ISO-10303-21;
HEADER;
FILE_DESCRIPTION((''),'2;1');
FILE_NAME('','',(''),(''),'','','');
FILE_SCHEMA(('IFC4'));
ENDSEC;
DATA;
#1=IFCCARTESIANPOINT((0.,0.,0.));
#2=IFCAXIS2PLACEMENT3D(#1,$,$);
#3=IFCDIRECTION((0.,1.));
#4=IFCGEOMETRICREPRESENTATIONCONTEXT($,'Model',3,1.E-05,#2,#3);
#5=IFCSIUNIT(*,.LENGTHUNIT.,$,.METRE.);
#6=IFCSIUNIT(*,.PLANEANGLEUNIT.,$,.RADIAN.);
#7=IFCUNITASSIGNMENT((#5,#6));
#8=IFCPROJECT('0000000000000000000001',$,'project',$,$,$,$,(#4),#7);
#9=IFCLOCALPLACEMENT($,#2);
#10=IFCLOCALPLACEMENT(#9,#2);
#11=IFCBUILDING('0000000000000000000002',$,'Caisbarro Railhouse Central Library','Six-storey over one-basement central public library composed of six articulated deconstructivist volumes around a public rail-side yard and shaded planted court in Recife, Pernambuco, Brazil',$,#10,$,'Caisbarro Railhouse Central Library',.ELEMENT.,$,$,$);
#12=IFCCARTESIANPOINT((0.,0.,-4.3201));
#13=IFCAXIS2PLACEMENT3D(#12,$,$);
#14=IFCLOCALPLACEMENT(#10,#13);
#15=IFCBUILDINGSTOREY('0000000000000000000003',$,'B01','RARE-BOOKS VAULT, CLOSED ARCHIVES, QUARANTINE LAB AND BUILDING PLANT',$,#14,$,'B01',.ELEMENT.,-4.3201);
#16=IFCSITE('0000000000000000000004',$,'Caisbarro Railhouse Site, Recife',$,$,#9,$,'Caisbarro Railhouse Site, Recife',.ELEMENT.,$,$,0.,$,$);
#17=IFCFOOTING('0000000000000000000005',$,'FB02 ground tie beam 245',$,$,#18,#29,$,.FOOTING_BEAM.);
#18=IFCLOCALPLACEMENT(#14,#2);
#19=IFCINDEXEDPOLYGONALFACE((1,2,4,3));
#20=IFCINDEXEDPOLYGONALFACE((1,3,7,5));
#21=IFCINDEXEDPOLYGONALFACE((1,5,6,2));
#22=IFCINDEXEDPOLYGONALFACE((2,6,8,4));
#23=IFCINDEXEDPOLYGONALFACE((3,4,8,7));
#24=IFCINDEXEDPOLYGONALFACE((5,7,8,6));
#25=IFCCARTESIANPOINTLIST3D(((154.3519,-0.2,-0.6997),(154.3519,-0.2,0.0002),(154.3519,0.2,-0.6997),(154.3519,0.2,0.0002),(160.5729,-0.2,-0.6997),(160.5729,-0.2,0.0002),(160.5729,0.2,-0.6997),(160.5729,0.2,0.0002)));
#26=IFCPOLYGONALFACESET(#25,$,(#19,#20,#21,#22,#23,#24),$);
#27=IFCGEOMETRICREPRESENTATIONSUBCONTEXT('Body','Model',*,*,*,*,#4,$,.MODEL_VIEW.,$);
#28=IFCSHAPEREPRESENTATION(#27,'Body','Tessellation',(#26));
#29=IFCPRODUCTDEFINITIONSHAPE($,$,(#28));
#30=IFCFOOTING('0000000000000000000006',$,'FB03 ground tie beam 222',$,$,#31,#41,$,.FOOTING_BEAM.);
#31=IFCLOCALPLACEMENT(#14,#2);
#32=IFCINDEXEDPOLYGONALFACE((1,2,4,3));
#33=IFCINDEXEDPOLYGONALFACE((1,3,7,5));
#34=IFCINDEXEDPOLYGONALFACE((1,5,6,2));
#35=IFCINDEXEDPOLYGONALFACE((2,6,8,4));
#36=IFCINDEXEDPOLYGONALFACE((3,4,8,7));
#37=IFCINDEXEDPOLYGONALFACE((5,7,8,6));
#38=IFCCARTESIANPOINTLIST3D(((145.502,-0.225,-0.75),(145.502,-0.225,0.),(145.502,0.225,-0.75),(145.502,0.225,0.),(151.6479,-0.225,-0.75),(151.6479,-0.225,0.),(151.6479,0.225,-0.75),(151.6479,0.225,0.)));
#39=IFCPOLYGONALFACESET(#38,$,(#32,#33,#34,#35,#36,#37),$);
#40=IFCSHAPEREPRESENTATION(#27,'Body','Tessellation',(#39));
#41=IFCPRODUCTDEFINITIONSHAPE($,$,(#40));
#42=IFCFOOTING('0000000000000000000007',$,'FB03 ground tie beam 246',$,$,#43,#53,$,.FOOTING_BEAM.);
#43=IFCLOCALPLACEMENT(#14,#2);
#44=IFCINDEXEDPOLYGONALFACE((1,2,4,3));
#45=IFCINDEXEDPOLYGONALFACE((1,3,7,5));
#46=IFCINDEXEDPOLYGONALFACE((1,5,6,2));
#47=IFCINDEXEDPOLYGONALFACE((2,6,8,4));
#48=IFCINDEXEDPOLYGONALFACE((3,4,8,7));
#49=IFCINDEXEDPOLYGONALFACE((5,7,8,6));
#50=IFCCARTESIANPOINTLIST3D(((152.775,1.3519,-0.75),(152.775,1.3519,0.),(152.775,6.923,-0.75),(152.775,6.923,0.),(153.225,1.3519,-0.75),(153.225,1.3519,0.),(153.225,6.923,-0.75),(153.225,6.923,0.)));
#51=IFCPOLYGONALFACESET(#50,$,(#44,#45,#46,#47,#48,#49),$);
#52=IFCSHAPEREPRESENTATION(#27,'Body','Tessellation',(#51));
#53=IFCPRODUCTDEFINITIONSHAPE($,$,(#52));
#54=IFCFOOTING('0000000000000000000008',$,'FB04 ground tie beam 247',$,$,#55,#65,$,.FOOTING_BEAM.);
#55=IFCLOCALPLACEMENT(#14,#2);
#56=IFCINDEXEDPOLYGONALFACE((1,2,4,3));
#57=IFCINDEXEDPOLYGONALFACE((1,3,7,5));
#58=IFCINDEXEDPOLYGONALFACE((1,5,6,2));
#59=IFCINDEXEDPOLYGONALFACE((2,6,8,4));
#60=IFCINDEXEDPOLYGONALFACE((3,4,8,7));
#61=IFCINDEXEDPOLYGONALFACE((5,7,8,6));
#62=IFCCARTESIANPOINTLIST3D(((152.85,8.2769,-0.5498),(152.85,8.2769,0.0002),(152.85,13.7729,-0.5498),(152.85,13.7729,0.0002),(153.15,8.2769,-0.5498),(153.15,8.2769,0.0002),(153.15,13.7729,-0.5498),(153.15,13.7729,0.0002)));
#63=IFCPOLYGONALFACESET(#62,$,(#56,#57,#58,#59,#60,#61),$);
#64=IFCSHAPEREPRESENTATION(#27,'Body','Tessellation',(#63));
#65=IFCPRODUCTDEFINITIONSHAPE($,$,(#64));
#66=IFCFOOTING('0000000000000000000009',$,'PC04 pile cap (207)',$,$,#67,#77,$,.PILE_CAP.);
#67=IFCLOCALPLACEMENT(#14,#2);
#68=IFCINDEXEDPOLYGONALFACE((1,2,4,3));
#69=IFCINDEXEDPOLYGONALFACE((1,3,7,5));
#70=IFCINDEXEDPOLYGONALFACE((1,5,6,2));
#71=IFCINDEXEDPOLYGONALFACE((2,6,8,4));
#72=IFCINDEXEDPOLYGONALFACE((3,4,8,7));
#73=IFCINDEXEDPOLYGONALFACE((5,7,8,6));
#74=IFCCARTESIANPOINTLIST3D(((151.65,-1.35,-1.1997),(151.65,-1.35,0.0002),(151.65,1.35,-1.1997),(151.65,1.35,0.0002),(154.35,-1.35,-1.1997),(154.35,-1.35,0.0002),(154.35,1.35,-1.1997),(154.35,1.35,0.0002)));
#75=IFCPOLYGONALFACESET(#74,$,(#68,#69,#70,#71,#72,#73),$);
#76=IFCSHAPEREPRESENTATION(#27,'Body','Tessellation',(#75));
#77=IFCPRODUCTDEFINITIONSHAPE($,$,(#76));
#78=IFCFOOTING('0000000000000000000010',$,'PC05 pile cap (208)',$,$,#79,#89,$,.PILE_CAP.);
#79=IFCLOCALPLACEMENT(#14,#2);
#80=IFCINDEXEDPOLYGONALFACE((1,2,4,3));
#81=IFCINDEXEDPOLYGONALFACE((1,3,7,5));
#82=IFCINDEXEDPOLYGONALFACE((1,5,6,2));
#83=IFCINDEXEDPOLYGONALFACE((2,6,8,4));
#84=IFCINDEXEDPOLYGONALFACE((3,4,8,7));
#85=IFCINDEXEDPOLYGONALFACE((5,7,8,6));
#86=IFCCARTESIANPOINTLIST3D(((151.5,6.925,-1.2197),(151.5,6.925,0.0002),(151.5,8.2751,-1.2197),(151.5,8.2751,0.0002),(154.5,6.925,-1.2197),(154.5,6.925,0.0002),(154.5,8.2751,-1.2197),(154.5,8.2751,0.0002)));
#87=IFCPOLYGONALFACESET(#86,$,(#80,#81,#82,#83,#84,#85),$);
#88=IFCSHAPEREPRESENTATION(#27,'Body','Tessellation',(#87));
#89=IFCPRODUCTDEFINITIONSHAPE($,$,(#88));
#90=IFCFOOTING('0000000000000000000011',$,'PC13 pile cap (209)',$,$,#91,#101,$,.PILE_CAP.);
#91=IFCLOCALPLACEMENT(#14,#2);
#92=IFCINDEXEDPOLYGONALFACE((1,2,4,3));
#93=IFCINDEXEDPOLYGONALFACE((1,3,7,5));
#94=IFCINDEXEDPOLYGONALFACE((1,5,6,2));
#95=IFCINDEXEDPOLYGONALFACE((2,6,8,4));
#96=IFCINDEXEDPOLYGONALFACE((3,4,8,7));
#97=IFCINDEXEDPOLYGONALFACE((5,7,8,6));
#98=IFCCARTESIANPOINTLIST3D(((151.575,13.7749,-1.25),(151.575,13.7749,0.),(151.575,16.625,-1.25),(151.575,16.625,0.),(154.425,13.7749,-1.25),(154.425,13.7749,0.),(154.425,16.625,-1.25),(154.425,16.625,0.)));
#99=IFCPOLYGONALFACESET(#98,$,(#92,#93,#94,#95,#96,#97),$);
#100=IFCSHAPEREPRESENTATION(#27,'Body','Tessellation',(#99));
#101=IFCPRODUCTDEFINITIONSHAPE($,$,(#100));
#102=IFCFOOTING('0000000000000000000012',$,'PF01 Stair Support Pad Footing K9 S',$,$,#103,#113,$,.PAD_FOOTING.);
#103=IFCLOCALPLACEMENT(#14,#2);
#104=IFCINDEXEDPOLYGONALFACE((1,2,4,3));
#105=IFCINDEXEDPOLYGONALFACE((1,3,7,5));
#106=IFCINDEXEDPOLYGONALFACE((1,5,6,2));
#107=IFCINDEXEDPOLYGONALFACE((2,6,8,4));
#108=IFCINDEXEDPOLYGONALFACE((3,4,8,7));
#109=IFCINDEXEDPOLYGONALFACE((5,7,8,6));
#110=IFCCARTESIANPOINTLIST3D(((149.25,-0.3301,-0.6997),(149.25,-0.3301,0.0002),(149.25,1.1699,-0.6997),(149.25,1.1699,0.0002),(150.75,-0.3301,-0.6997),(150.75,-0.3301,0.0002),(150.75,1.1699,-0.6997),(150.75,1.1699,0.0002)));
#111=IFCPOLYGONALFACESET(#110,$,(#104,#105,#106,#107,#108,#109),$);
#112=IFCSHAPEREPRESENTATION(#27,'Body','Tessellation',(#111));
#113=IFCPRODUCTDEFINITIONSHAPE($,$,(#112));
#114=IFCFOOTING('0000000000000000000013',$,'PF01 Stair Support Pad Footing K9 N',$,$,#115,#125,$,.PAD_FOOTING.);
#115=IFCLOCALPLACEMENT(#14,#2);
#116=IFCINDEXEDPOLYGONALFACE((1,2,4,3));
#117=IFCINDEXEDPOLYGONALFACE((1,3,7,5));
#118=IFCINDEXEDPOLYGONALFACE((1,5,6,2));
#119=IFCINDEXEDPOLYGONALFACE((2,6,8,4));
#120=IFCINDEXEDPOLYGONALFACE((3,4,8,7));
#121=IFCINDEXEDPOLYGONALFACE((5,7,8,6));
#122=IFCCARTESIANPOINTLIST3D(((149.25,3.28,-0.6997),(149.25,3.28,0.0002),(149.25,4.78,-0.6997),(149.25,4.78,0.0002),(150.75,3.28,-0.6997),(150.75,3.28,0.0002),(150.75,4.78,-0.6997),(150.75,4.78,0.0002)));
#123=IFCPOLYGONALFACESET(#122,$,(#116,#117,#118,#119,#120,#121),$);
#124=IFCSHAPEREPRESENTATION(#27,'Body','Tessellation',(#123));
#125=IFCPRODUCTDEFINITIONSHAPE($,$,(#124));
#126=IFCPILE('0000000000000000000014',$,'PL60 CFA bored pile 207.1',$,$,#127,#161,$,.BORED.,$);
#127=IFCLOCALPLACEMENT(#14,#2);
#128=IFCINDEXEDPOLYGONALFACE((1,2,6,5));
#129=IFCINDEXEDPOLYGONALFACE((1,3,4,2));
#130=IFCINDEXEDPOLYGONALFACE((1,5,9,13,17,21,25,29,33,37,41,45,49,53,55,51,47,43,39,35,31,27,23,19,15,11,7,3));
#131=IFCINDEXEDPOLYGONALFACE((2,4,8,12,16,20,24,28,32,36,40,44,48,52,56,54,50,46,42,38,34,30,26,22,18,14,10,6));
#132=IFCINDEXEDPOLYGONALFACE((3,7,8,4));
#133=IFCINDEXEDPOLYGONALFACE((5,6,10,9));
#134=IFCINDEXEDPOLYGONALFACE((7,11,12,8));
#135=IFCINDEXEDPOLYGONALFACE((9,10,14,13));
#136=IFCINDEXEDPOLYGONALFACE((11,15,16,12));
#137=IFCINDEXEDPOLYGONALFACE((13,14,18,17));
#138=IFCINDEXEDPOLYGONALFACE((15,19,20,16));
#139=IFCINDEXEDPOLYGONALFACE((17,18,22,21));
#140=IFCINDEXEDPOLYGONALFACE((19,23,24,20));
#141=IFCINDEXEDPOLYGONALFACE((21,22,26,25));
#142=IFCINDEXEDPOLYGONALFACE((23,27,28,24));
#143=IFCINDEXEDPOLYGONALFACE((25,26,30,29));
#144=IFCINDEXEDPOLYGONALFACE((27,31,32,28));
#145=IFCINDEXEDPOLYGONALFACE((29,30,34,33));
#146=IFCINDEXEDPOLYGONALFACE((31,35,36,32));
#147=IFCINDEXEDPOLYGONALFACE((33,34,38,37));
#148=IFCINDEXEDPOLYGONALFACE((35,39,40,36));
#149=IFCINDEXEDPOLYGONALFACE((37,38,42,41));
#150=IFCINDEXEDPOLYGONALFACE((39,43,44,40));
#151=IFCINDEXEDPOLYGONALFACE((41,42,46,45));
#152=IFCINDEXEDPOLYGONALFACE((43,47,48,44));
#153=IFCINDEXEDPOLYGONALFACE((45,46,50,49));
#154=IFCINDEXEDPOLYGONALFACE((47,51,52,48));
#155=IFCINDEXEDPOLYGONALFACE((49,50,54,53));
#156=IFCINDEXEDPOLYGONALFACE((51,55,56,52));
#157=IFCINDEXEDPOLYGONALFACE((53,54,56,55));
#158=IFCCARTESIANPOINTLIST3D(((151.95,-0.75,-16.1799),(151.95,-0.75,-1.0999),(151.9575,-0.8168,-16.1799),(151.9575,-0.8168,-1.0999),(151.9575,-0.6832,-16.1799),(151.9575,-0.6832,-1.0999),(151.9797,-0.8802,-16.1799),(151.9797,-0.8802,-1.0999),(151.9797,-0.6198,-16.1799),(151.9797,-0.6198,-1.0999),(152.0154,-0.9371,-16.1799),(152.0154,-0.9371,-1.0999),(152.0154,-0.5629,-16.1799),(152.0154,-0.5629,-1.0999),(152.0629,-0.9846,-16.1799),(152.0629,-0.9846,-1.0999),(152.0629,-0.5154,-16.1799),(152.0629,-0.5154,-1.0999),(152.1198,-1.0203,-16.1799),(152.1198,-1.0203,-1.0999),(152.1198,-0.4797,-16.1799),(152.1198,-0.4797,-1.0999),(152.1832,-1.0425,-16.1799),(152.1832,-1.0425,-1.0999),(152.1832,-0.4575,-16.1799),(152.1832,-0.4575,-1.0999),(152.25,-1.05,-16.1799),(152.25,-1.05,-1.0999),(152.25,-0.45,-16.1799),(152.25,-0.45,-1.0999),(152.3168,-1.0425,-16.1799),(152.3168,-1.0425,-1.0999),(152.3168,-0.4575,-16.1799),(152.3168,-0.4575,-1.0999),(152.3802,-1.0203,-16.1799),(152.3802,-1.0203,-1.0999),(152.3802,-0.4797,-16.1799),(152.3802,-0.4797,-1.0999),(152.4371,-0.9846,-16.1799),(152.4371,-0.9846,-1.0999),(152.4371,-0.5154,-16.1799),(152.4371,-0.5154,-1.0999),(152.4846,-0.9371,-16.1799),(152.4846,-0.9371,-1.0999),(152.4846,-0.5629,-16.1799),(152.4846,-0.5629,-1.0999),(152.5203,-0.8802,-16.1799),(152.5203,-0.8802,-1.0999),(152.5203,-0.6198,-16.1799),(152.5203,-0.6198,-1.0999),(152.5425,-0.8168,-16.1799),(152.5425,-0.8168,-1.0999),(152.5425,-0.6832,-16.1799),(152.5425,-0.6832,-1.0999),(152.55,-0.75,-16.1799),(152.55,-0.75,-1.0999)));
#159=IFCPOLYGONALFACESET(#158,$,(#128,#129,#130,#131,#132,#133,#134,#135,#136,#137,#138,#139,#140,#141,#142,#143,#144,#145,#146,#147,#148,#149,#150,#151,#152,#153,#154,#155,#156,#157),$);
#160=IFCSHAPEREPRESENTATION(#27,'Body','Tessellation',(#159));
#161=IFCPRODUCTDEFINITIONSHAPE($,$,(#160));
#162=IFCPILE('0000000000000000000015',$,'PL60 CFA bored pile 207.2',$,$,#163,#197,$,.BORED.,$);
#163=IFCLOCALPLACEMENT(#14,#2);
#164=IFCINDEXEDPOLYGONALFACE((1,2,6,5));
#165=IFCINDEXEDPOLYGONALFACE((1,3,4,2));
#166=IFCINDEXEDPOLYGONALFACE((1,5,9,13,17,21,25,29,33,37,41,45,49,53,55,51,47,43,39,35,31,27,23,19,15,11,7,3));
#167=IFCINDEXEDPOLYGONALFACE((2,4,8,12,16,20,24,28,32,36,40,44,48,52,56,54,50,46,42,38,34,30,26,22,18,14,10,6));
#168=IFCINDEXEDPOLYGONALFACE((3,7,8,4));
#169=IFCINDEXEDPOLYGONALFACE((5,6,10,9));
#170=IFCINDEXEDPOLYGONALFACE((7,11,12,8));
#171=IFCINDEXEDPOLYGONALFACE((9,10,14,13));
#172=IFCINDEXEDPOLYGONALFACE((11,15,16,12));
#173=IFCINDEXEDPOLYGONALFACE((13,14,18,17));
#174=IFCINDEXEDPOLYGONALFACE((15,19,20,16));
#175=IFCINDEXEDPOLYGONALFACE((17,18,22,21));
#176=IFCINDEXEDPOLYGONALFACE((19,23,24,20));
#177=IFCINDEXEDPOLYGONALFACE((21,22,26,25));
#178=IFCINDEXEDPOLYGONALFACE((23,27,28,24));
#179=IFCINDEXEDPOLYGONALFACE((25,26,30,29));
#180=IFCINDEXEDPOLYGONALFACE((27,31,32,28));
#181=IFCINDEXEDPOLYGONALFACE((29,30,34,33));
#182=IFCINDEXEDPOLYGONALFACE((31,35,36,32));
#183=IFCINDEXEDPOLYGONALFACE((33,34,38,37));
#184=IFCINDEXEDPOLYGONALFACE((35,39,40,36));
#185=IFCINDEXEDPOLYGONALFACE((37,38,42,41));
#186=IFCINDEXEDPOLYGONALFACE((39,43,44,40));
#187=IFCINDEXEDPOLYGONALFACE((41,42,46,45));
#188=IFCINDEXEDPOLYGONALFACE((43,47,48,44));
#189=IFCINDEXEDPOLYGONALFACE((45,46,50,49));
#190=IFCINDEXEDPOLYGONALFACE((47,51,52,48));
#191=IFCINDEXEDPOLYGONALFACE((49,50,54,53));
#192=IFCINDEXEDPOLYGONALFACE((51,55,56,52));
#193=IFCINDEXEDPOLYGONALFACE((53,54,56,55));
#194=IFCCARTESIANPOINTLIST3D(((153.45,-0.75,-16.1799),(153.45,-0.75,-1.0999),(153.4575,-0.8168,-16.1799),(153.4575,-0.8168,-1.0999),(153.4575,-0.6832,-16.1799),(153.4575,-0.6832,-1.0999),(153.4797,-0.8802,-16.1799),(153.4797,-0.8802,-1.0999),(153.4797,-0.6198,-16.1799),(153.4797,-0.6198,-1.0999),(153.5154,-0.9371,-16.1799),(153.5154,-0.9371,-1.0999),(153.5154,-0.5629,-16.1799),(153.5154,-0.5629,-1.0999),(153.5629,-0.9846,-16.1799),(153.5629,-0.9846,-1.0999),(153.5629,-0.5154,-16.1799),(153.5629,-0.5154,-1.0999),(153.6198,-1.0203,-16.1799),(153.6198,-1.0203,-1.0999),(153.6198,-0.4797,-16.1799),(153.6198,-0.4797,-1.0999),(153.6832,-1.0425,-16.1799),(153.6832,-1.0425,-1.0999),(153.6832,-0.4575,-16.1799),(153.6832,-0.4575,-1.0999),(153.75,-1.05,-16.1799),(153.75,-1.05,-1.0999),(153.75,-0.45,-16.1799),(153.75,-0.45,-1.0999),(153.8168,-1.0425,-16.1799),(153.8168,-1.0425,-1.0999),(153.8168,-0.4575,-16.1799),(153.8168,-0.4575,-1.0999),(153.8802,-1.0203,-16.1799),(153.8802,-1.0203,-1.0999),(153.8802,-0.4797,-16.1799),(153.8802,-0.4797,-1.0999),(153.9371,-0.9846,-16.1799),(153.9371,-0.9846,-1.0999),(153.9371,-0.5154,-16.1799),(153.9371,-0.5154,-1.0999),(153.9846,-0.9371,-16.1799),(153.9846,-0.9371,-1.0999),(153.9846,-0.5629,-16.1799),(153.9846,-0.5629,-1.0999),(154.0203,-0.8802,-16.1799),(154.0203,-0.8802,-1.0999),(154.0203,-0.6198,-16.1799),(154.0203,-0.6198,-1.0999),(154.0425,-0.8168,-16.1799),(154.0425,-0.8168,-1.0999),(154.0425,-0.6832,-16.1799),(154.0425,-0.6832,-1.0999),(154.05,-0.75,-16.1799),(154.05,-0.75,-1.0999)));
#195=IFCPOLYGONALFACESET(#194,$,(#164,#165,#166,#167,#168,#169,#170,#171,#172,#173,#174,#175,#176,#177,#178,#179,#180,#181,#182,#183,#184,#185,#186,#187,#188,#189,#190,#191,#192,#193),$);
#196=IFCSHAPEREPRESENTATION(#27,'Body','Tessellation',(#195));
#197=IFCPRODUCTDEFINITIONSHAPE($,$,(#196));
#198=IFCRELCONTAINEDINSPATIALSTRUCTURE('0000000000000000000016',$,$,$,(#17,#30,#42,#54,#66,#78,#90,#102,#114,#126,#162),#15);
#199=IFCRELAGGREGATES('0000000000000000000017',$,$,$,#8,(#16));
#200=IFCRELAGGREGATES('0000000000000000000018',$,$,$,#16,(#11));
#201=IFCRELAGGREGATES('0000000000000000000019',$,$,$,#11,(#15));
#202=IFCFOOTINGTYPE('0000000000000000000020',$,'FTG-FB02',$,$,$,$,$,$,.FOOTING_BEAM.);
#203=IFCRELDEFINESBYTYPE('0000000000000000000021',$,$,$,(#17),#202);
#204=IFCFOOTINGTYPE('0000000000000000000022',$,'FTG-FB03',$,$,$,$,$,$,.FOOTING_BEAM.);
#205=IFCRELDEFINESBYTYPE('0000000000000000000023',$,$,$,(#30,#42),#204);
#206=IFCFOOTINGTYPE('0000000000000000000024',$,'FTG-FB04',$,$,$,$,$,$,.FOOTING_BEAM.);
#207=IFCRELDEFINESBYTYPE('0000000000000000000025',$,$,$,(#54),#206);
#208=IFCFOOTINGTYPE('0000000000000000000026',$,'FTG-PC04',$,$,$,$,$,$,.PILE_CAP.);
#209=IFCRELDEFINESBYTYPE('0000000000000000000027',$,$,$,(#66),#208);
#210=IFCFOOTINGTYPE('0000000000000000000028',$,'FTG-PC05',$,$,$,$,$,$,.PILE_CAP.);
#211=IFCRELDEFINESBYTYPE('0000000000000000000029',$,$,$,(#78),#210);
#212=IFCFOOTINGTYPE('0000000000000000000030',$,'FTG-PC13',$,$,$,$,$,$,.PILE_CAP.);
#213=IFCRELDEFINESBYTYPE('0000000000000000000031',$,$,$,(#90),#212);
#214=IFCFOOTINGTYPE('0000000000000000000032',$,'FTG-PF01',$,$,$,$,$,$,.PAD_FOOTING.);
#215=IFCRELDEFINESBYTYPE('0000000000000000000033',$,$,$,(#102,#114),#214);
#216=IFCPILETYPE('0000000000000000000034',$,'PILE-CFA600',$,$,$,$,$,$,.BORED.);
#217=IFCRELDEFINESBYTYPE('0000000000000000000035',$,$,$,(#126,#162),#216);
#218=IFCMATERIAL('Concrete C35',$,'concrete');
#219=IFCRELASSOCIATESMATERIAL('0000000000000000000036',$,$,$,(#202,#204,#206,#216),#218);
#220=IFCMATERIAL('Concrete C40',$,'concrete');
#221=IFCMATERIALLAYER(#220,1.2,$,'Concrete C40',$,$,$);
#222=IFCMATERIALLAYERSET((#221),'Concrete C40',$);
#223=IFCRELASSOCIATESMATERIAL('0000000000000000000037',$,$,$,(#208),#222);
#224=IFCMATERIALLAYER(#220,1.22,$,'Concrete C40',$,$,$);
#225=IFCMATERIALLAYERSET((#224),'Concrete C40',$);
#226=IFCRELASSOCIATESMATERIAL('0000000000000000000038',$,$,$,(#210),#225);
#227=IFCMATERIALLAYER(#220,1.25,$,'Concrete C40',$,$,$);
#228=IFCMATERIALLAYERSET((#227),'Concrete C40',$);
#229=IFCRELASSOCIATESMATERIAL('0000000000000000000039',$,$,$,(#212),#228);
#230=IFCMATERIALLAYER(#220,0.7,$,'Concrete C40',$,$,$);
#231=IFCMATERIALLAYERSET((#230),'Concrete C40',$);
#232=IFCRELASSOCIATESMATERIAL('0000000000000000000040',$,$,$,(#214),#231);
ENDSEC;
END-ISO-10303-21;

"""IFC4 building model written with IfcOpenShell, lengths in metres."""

from ifc_helpers import new_model, si_unit, direction, frame, origin, origin_2d, place, context, subcontext, project, spatial, rectangle, circle, extrude, material, layer, layer_set, material_profile, profile_set, type_object, element, save


model = new_model("IFC4")

# Units and contexts
model_context = context("Model", 3, precision=1e-05, world=origin(), true_north=direction((0.0, 1.0)))
body_context = subcontext(model_context, "Body", "Model", "MODEL_VIEW")
ifc_project = project(units=[si_unit("LENGTHUNIT", "METRE"), si_unit("PLANEANGLEUNIT", "RADIAN")], contexts=[model_context])

# Site, building, storey
site_placement = place(None, origin())
site = spatial("IfcSite", under=ifc_project, at=site_placement, Name="Caisbarro Railhouse Site, Recife", LongName="Caisbarro Railhouse Site, Recife", CompositionType="ELEMENT", RefElevation=0.0)
building_placement = place(site_placement, origin())
building = spatial("IfcBuilding", under=site, at=building_placement, Name="Caisbarro Railhouse Central Library", Description="Six-storey over one-basement central public library composed of six articulated deconstructivist volumes around a public rail-side yard and shaded planted court in Recife, Pernambuco, Brazil", LongName="Caisbarro Railhouse Central Library", CompositionType="ELEMENT")
storey_placement = place(building_placement, frame((0.0, 0.0, -4.3201)))
storey = spatial("IfcBuildingStorey", under=building, at=storey_placement, Name="B01", Description="RARE-BOOKS VAULT, CLOSED ARCHIVES, QUARANTINE LAB AND BUILDING PLANT", LongName="B01", CompositionType="ELEMENT", Elevation=-4.3201)

# Footings
ifc_material_1 = material(Name="Concrete C35", Category="concrete")
footing_type_1 = type_object("IfcFootingType", Name="FTG-FB02", PredefinedType="FOOTING_BEAM", material=ifc_material_1)
footing_1_placement = place(storey_placement, frame((157.4624, 0.0, -0.6997), z_axis=(0.0, 0.0, 1.0), x_axis=(1.0, 0.0, 0.0)))
element("IfcFooting", 1, at=footing_1_placement, inside=storey, type_object=footing_type_1, Name="FB02 ground tie beam 245", PredefinedType="FOOTING_BEAM", context=body_context, shape_type="SweptSolid", body=[
    extrude(rectangle(XDim=6.2209, YDim=0.3999, at=origin_2d()), origin(), (0.0, 0.0, 1.0), 0.7),
])
footing_type_2 = type_object("IfcFootingType", Name="FTG-FB03", PredefinedType="FOOTING_BEAM", material=ifc_material_1)
footing_2_placement = place(storey_placement, frame((148.575, 0.0, -0.75), z_axis=(0.0, 0.0, 1.0), x_axis=(1.0, 0.0, 0.0)))
element("IfcFooting", 2, at=footing_2_placement, inside=storey, type_object=footing_type_2, Name="FB03 ground tie beam 222", PredefinedType="FOOTING_BEAM", context=body_context, shape_type="SweptSolid", body=[
    extrude(rectangle(XDim=6.146, YDim=0.45, at=origin_2d()), origin(), (0.0, 0.0, 1.0), 0.75),
])
footing_3_placement = place(storey_placement, frame((153.0, 4.1375, -0.75), z_axis=(0.0, 0.0, 1.0), x_axis=(0.0, 1.0, 0.0)))
element("IfcFooting", 3, at=footing_3_placement, inside=storey, type_object=footing_type_2, Name="FB03 ground tie beam 246", PredefinedType="FOOTING_BEAM", context=body_context, shape_type="SweptSolid", body=[
    extrude(rectangle(XDim=5.571, YDim=0.45, at=origin_2d()), origin(), (0.0, 0.0, 1.0), 0.75),
])
footing_type_3 = type_object("IfcFootingType", Name="FTG-FB04", PredefinedType="FOOTING_BEAM", material=ifc_material_1)
footing_4_placement = place(storey_placement, frame((153.0, 11.0249, -0.5498), z_axis=(0.0, 0.0, 1.0), x_axis=(0.0, 1.0, 0.0)))
element("IfcFooting", 4, at=footing_4_placement, inside=storey, type_object=footing_type_3, Name="FB04 ground tie beam 247", PredefinedType="FOOTING_BEAM", context=body_context, shape_type="SweptSolid", body=[
    extrude(rectangle(XDim=5.4961, YDim=0.3, at=origin_2d()), origin(), (0.0, 0.0, 1.0), 0.55),
])
ifc_material_2 = material(Name="Concrete C40", Category="concrete")
ifc_layer_1 = layer(ifc_material_2, 1.2, Name="Concrete C40")
ifc_layer_set_1 = layer_set([ifc_layer_1], Name="Concrete C40")
footing_type_4 = type_object("IfcFootingType", Name="FTG-PC04", PredefinedType="PILE_CAP", material=ifc_layer_set_1)
footing_5_placement = place(storey_placement, frame((153.0, 0.0, -1.1997), z_axis=(0.0, 0.0, 1.0), x_axis=(1.0, 0.0, 0.0)))
element("IfcFooting", 5, at=footing_5_placement, inside=storey, type_object=footing_type_4, Name="PC04 pile cap (207)", PredefinedType="PILE_CAP", context=body_context, shape_type="SweptSolid", body=[
    extrude(rectangle(XDim=2.7, YDim=2.7, at=origin_2d()), origin(), (0.0, 0.0, 1.0), 1.2),
])
ifc_layer_2 = layer(ifc_material_2, 1.22, Name="Concrete C40")
ifc_layer_set_2 = layer_set([ifc_layer_2], Name="Concrete C40")
footing_type_5 = type_object("IfcFootingType", Name="FTG-PC05", PredefinedType="PILE_CAP", material=ifc_layer_set_2)
footing_6_placement = place(storey_placement, frame((153.0, 7.6001, -1.2197), z_axis=(0.0, 0.0, 1.0), x_axis=(1.0, 0.0, 0.0)))
element("IfcFooting", 6, at=footing_6_placement, inside=storey, type_object=footing_type_5, Name="PC05 pile cap (208)", PredefinedType="PILE_CAP", context=body_context, shape_type="SweptSolid", body=[
    extrude(rectangle(XDim=3.0, YDim=1.3501, at=origin_2d()), origin(), (0.0, 0.0, 1.0), 1.22),
])
ifc_layer_3 = layer(ifc_material_2, 1.25, Name="Concrete C40")
ifc_layer_set_3 = layer_set([ifc_layer_3], Name="Concrete C40")
footing_type_6 = type_object("IfcFootingType", Name="FTG-PC13", PredefinedType="PILE_CAP", material=ifc_layer_set_3)
footing_7_placement = place(storey_placement, frame((153.0, 15.2, -1.25), z_axis=(0.0, 0.0, 1.0), x_axis=(1.0, 0.0, 0.0)))
element("IfcFooting", 7, at=footing_7_placement, inside=storey, type_object=footing_type_6, Name="PC13 pile cap (209)", PredefinedType="PILE_CAP", context=body_context, shape_type="SweptSolid", body=[
    extrude(rectangle(XDim=2.8501, YDim=2.8501, at=origin_2d()), origin(), (0.0, 0.0, 1.0), 1.25),
])
ifc_layer_4 = layer(ifc_material_2, 0.7, Name="Concrete C40")
ifc_layer_set_4 = layer_set([ifc_layer_4], Name="Concrete C40")
footing_type_7 = type_object("IfcFootingType", Name="FTG-PF01", PredefinedType="PAD_FOOTING", material=ifc_layer_set_4)
for number, where, z_axis, x_axis, name in (
    (8, (150.0, 0.4199, -0.6997), (0.0, 0.0, 1.0), (1.0, 0.0, 0.0), "PF01 Stair Support Pad Footing K9 S"),
    (9, (150.0, 4.03, -0.6997), (0.0, 0.0, 1.0), (1.0, 0.0, 0.0), "PF01 Stair Support Pad Footing K9 N"),
):
    element("IfcFooting", number, at=place(storey_placement, frame(where, z_axis=z_axis, x_axis=x_axis)), inside=storey, type_object=footing_type_7, Name=name, PredefinedType="PAD_FOOTING", context=body_context, shape_type="SweptSolid", body=[
        extrude(rectangle(XDim=1.5, YDim=1.5, at=origin_2d()), origin(), (0.0, 0.0, 1.0), 0.7),
    ])

# Piles
ifc_material_profile_1 = material_profile(ifc_material_1, circle(Radius=0.3, at=origin_2d()), Name="PILE-CFA-600")
ifc_profile_set_1 = profile_set([ifc_material_profile_1], Name="Concrete C35")
pile_type_1 = type_object("IfcPileType", Name="PILE-CFA600", PredefinedType="BORED", material=ifc_profile_set_1)
for number, where, z_axis, x_axis, name in (
    (10, (152.25, -0.75, -1.0999), (0.0, 0.0, -1.0), (1.0, 0.0, 0.0), "PL60 CFA bored pile 207.1"),
    (11, (153.75, -0.75, -1.0999), (0.0, 0.0, -1.0), (1.0, 0.0, 0.0), "PL60 CFA bored pile 207.2"),
):
    element("IfcPile", number, at=place(storey_placement, frame(where, z_axis=z_axis, x_axis=x_axis)), inside=storey, type_object=pile_type_1, Name=name, PredefinedType="BORED", context=body_context, shape_type="SweptSolid", body=[
        extrude(circle(Radius=0.3, at=origin_2d()), origin(), (0.0, 0.0, 1.0), 15.0801),
    ])

save(model, "model.ifc")
